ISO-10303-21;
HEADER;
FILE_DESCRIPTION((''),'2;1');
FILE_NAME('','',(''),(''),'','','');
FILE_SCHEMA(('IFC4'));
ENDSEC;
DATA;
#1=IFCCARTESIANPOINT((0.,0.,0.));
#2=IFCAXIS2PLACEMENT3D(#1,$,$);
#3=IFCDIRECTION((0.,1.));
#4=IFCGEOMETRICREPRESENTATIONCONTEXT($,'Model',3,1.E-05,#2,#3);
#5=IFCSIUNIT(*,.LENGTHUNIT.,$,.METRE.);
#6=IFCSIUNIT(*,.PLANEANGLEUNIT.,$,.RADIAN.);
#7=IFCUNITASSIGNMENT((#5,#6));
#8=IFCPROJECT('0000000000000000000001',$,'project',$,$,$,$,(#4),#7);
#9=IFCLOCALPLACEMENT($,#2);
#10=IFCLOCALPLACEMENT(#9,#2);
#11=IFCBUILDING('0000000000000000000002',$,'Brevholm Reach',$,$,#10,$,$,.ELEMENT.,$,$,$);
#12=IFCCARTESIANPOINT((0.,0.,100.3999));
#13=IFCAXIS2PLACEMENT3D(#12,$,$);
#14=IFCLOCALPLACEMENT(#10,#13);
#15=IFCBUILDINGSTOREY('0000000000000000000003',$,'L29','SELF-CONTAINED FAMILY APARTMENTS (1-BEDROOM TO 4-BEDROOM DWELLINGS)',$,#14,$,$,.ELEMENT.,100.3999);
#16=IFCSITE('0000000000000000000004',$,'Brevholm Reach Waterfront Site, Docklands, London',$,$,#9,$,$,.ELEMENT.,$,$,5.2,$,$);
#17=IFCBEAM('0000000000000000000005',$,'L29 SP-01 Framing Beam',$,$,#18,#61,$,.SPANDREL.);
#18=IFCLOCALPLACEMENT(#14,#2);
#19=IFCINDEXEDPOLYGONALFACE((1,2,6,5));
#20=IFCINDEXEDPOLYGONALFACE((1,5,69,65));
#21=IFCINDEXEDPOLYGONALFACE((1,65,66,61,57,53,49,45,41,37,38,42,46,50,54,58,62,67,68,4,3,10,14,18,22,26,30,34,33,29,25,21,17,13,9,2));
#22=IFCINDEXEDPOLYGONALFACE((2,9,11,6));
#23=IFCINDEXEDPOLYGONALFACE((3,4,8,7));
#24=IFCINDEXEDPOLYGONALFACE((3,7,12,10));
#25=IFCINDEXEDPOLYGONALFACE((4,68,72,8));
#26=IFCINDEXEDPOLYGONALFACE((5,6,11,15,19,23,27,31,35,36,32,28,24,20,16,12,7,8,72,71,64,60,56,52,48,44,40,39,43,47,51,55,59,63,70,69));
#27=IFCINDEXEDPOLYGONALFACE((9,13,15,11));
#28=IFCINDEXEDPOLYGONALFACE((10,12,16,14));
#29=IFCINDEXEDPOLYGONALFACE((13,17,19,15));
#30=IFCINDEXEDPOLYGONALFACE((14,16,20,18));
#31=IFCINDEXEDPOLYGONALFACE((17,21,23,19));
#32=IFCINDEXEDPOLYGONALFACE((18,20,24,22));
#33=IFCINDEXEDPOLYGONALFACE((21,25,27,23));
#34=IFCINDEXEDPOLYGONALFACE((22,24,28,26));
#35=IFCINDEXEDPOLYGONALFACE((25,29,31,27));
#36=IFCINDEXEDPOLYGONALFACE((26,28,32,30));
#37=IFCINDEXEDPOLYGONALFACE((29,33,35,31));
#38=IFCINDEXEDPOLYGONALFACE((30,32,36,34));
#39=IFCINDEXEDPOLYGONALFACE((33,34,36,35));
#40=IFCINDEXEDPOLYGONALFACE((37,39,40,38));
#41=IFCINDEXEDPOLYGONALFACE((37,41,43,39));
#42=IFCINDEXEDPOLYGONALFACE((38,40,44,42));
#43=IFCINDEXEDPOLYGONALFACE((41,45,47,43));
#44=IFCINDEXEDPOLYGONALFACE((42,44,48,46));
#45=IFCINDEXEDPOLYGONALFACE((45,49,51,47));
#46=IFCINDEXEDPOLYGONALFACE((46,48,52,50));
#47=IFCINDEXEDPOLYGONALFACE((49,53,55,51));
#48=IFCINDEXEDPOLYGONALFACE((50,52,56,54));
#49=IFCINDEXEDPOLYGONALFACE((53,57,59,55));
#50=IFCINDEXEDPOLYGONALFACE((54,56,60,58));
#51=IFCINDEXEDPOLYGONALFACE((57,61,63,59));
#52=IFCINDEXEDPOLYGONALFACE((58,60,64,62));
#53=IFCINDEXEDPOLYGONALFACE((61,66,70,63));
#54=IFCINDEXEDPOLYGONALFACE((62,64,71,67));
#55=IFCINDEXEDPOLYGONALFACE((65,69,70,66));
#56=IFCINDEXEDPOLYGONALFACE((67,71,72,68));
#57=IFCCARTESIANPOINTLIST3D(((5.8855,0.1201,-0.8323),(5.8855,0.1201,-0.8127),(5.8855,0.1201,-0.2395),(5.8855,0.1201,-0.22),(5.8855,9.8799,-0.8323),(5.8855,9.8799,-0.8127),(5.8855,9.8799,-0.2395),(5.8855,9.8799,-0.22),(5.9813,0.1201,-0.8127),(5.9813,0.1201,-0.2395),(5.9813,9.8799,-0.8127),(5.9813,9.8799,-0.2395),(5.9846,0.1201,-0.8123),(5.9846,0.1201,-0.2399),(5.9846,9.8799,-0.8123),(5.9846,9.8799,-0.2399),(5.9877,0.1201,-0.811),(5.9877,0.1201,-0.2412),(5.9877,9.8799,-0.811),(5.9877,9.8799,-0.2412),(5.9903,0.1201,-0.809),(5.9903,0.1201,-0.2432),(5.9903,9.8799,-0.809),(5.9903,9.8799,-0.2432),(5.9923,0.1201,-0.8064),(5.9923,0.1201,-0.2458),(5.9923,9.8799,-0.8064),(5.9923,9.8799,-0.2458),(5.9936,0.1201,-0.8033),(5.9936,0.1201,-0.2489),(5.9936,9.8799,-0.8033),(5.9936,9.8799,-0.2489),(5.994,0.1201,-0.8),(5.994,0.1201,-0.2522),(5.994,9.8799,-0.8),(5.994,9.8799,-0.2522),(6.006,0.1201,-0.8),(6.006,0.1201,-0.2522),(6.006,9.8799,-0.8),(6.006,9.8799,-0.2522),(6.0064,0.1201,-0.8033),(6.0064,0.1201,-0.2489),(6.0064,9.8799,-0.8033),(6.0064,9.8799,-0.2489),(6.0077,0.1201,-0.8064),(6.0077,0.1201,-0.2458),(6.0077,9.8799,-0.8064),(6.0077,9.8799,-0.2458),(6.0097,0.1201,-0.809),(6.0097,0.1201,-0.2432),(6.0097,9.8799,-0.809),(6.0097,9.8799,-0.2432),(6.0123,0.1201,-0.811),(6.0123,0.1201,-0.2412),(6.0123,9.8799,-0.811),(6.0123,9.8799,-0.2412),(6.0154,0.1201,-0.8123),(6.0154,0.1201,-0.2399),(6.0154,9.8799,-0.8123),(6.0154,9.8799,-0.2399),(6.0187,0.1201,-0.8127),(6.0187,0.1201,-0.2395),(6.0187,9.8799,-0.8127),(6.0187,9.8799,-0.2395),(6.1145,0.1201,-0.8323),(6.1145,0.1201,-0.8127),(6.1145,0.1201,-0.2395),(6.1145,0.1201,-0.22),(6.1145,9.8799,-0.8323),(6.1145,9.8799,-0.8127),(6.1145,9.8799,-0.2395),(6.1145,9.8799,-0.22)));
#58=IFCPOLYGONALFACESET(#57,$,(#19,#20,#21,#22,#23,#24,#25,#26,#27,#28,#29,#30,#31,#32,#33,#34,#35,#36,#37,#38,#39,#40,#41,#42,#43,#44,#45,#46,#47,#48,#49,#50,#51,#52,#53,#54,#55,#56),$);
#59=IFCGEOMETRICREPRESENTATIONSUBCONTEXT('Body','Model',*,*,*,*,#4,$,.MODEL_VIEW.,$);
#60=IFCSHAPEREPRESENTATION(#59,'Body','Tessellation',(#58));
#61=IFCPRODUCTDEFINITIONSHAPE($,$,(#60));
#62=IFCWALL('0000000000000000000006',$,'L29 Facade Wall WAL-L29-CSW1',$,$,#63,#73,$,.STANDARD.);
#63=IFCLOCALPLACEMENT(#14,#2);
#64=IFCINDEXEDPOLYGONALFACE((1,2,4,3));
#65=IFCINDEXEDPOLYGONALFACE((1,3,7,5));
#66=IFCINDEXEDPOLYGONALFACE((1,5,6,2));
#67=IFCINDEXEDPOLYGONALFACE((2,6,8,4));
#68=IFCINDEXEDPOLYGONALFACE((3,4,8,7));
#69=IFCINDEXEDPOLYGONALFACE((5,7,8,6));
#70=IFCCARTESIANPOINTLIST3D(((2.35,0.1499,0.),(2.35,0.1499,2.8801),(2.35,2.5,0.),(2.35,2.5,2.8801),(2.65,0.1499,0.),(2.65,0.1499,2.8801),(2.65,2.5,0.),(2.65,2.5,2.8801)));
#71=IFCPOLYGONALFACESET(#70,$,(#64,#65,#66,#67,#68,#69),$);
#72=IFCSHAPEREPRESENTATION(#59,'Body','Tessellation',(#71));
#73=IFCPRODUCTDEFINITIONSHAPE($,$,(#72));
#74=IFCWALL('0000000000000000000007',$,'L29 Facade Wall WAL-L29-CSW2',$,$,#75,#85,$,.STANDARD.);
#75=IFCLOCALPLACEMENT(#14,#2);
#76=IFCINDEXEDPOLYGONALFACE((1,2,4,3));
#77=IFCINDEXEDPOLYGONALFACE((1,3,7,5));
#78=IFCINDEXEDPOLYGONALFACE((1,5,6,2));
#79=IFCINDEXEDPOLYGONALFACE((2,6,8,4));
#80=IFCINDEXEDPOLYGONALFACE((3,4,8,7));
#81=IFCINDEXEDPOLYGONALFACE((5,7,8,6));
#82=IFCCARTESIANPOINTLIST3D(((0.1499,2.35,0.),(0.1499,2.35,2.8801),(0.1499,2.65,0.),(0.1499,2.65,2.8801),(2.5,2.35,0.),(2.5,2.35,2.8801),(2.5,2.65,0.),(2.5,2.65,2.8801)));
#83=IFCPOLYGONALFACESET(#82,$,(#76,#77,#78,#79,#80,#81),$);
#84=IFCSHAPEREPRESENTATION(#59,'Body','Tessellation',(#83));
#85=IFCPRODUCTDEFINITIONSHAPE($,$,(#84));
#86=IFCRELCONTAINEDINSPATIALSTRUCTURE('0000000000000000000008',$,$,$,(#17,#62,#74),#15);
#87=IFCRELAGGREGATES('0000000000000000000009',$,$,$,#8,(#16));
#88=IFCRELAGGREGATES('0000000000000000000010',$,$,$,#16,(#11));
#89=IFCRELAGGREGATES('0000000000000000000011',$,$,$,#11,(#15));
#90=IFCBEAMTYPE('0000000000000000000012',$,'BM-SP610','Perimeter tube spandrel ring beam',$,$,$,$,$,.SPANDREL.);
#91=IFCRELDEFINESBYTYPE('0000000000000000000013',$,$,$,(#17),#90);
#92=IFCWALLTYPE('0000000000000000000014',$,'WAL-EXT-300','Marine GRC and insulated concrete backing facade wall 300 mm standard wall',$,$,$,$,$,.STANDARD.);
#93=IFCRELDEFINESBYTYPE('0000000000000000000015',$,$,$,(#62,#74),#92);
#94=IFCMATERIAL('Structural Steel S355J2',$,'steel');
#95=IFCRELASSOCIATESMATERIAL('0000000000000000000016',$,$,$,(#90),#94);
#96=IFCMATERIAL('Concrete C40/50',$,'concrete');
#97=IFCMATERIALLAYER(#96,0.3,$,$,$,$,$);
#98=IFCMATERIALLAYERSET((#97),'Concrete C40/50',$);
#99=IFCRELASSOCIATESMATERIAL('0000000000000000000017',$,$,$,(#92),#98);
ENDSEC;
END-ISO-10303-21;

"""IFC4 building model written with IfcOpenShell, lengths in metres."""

from ifc_helpers import new_model, si_unit, direction, frame, frame_2d, origin, origin_2d, place, context, subcontext, project, spatial, rectangle, i_section, extrude, material, layer, layer_set, material_profile, profile_set, type_object, element, save


model = new_model("IFC4")

# Units and contexts
model_context = context("Model", 3, precision=1e-05, world=origin(), true_north=direction((0.0, 1.0)))
body_context = subcontext(model_context, "Body", "Model", "MODEL_VIEW")
ifc_project = project(units=[si_unit("LENGTHUNIT", "METRE"), si_unit("PLANEANGLEUNIT", "RADIAN")], contexts=[model_context])

# Site, building, storey
site_placement = place(None, origin())
site = spatial("IfcSite", under=ifc_project, at=site_placement, Name="Brevholm Reach Waterfront Site, Docklands, London", CompositionType="ELEMENT", RefElevation=5.2)
building_placement = place(site_placement, origin())
building = spatial("IfcBuilding", under=site, at=building_placement, Name="Brevholm Reach", CompositionType="ELEMENT")
storey_placement = place(building_placement, frame((0.0, 0.0, 100.3999)))
storey = spatial("IfcBuildingStorey", under=building, at=storey_placement, Name="L29", Description="SELF-CONTAINED FAMILY APARTMENTS (1-BEDROOM TO 4-BEDROOM DWELLINGS)", CompositionType="ELEMENT", Elevation=100.3999)

# Beam
ifc_material_1 = material(Name="Structural Steel S355J2", Category="steel")
ifc_material_profile_1 = material_profile(ifc_material_1, i_section(OverallWidth=0.229, OverallDepth=0.6123, WebThickness=0.012, FlangeThickness=0.0195, FilletRadius=0.0127, at=origin_2d()), Name="UKB 610x229x125")
ifc_profile_set_1 = profile_set([ifc_material_profile_1], Name="Structural Steel S355J2")
beam_type_1 = type_object("IfcBeamType", Name="BM-SP610", Description="Perimeter tube spandrel ring beam", PredefinedType="SPANDREL", material=ifc_profile_set_1)
beam_1_placement = place(storey_placement, frame((6.0, 0.1201, -0.5261), z_axis=(0.0, 1.0, 0.0), x_axis=(-1.0, 0.0, 0.0)))
element("IfcBeam", 1, at=beam_1_placement, inside=storey, type_object=beam_type_1, Name="L29 SP-01 Framing Beam", PredefinedType="SPANDREL", context=body_context, shape_type="SweptSolid", body=[
    extrude(i_section(OverallWidth=0.229, OverallDepth=0.6123, WebThickness=0.012, FlangeThickness=0.0195, FilletRadius=0.0127, at=origin_2d()), origin(), (0.0, 0.0, 1.0), 9.7598),
])

# Walls
ifc_material_2 = material(Name="Concrete C40/50", Category="concrete")
ifc_layer_1 = layer(ifc_material_2, 0.3)
ifc_layer_set_1 = layer_set([ifc_layer_1], Name="Concrete C40/50")
wall_type_1 = type_object("IfcWallType", Name="WAL-EXT-300", Description="Marine GRC and insulated concrete backing facade wall 300 mm standard wall", PredefinedType="STANDARD", material=ifc_layer_set_1)
for number, where, z_axis, x_axis, name in (
    (2, (2.5, 2.5, 0.0), (0.0, 0.0, 1.0), (0.0, -1.0, 0.0), "L29 Facade Wall WAL-L29-CSW1"),
    (3, (0.1499, 2.5, 0.0), (0.0, 0.0, 1.0), (1.0, 0.0, 0.0), "L29 Facade Wall WAL-L29-CSW2"),
):
    element("IfcWall", number, at=place(storey_placement, frame(where, z_axis=z_axis, x_axis=x_axis)), inside=storey, type_object=wall_type_1, Name=name, PredefinedType="STANDARD", context=body_context, shape_type="SweptSolid", body=[
        extrude(rectangle(XDim=2.3501, YDim=0.3, at=frame_2d((1.175, 0.0))), origin(), (0.0, 0.0, 1.0), 2.8801),
    ])

save(model, "model.ifc")
